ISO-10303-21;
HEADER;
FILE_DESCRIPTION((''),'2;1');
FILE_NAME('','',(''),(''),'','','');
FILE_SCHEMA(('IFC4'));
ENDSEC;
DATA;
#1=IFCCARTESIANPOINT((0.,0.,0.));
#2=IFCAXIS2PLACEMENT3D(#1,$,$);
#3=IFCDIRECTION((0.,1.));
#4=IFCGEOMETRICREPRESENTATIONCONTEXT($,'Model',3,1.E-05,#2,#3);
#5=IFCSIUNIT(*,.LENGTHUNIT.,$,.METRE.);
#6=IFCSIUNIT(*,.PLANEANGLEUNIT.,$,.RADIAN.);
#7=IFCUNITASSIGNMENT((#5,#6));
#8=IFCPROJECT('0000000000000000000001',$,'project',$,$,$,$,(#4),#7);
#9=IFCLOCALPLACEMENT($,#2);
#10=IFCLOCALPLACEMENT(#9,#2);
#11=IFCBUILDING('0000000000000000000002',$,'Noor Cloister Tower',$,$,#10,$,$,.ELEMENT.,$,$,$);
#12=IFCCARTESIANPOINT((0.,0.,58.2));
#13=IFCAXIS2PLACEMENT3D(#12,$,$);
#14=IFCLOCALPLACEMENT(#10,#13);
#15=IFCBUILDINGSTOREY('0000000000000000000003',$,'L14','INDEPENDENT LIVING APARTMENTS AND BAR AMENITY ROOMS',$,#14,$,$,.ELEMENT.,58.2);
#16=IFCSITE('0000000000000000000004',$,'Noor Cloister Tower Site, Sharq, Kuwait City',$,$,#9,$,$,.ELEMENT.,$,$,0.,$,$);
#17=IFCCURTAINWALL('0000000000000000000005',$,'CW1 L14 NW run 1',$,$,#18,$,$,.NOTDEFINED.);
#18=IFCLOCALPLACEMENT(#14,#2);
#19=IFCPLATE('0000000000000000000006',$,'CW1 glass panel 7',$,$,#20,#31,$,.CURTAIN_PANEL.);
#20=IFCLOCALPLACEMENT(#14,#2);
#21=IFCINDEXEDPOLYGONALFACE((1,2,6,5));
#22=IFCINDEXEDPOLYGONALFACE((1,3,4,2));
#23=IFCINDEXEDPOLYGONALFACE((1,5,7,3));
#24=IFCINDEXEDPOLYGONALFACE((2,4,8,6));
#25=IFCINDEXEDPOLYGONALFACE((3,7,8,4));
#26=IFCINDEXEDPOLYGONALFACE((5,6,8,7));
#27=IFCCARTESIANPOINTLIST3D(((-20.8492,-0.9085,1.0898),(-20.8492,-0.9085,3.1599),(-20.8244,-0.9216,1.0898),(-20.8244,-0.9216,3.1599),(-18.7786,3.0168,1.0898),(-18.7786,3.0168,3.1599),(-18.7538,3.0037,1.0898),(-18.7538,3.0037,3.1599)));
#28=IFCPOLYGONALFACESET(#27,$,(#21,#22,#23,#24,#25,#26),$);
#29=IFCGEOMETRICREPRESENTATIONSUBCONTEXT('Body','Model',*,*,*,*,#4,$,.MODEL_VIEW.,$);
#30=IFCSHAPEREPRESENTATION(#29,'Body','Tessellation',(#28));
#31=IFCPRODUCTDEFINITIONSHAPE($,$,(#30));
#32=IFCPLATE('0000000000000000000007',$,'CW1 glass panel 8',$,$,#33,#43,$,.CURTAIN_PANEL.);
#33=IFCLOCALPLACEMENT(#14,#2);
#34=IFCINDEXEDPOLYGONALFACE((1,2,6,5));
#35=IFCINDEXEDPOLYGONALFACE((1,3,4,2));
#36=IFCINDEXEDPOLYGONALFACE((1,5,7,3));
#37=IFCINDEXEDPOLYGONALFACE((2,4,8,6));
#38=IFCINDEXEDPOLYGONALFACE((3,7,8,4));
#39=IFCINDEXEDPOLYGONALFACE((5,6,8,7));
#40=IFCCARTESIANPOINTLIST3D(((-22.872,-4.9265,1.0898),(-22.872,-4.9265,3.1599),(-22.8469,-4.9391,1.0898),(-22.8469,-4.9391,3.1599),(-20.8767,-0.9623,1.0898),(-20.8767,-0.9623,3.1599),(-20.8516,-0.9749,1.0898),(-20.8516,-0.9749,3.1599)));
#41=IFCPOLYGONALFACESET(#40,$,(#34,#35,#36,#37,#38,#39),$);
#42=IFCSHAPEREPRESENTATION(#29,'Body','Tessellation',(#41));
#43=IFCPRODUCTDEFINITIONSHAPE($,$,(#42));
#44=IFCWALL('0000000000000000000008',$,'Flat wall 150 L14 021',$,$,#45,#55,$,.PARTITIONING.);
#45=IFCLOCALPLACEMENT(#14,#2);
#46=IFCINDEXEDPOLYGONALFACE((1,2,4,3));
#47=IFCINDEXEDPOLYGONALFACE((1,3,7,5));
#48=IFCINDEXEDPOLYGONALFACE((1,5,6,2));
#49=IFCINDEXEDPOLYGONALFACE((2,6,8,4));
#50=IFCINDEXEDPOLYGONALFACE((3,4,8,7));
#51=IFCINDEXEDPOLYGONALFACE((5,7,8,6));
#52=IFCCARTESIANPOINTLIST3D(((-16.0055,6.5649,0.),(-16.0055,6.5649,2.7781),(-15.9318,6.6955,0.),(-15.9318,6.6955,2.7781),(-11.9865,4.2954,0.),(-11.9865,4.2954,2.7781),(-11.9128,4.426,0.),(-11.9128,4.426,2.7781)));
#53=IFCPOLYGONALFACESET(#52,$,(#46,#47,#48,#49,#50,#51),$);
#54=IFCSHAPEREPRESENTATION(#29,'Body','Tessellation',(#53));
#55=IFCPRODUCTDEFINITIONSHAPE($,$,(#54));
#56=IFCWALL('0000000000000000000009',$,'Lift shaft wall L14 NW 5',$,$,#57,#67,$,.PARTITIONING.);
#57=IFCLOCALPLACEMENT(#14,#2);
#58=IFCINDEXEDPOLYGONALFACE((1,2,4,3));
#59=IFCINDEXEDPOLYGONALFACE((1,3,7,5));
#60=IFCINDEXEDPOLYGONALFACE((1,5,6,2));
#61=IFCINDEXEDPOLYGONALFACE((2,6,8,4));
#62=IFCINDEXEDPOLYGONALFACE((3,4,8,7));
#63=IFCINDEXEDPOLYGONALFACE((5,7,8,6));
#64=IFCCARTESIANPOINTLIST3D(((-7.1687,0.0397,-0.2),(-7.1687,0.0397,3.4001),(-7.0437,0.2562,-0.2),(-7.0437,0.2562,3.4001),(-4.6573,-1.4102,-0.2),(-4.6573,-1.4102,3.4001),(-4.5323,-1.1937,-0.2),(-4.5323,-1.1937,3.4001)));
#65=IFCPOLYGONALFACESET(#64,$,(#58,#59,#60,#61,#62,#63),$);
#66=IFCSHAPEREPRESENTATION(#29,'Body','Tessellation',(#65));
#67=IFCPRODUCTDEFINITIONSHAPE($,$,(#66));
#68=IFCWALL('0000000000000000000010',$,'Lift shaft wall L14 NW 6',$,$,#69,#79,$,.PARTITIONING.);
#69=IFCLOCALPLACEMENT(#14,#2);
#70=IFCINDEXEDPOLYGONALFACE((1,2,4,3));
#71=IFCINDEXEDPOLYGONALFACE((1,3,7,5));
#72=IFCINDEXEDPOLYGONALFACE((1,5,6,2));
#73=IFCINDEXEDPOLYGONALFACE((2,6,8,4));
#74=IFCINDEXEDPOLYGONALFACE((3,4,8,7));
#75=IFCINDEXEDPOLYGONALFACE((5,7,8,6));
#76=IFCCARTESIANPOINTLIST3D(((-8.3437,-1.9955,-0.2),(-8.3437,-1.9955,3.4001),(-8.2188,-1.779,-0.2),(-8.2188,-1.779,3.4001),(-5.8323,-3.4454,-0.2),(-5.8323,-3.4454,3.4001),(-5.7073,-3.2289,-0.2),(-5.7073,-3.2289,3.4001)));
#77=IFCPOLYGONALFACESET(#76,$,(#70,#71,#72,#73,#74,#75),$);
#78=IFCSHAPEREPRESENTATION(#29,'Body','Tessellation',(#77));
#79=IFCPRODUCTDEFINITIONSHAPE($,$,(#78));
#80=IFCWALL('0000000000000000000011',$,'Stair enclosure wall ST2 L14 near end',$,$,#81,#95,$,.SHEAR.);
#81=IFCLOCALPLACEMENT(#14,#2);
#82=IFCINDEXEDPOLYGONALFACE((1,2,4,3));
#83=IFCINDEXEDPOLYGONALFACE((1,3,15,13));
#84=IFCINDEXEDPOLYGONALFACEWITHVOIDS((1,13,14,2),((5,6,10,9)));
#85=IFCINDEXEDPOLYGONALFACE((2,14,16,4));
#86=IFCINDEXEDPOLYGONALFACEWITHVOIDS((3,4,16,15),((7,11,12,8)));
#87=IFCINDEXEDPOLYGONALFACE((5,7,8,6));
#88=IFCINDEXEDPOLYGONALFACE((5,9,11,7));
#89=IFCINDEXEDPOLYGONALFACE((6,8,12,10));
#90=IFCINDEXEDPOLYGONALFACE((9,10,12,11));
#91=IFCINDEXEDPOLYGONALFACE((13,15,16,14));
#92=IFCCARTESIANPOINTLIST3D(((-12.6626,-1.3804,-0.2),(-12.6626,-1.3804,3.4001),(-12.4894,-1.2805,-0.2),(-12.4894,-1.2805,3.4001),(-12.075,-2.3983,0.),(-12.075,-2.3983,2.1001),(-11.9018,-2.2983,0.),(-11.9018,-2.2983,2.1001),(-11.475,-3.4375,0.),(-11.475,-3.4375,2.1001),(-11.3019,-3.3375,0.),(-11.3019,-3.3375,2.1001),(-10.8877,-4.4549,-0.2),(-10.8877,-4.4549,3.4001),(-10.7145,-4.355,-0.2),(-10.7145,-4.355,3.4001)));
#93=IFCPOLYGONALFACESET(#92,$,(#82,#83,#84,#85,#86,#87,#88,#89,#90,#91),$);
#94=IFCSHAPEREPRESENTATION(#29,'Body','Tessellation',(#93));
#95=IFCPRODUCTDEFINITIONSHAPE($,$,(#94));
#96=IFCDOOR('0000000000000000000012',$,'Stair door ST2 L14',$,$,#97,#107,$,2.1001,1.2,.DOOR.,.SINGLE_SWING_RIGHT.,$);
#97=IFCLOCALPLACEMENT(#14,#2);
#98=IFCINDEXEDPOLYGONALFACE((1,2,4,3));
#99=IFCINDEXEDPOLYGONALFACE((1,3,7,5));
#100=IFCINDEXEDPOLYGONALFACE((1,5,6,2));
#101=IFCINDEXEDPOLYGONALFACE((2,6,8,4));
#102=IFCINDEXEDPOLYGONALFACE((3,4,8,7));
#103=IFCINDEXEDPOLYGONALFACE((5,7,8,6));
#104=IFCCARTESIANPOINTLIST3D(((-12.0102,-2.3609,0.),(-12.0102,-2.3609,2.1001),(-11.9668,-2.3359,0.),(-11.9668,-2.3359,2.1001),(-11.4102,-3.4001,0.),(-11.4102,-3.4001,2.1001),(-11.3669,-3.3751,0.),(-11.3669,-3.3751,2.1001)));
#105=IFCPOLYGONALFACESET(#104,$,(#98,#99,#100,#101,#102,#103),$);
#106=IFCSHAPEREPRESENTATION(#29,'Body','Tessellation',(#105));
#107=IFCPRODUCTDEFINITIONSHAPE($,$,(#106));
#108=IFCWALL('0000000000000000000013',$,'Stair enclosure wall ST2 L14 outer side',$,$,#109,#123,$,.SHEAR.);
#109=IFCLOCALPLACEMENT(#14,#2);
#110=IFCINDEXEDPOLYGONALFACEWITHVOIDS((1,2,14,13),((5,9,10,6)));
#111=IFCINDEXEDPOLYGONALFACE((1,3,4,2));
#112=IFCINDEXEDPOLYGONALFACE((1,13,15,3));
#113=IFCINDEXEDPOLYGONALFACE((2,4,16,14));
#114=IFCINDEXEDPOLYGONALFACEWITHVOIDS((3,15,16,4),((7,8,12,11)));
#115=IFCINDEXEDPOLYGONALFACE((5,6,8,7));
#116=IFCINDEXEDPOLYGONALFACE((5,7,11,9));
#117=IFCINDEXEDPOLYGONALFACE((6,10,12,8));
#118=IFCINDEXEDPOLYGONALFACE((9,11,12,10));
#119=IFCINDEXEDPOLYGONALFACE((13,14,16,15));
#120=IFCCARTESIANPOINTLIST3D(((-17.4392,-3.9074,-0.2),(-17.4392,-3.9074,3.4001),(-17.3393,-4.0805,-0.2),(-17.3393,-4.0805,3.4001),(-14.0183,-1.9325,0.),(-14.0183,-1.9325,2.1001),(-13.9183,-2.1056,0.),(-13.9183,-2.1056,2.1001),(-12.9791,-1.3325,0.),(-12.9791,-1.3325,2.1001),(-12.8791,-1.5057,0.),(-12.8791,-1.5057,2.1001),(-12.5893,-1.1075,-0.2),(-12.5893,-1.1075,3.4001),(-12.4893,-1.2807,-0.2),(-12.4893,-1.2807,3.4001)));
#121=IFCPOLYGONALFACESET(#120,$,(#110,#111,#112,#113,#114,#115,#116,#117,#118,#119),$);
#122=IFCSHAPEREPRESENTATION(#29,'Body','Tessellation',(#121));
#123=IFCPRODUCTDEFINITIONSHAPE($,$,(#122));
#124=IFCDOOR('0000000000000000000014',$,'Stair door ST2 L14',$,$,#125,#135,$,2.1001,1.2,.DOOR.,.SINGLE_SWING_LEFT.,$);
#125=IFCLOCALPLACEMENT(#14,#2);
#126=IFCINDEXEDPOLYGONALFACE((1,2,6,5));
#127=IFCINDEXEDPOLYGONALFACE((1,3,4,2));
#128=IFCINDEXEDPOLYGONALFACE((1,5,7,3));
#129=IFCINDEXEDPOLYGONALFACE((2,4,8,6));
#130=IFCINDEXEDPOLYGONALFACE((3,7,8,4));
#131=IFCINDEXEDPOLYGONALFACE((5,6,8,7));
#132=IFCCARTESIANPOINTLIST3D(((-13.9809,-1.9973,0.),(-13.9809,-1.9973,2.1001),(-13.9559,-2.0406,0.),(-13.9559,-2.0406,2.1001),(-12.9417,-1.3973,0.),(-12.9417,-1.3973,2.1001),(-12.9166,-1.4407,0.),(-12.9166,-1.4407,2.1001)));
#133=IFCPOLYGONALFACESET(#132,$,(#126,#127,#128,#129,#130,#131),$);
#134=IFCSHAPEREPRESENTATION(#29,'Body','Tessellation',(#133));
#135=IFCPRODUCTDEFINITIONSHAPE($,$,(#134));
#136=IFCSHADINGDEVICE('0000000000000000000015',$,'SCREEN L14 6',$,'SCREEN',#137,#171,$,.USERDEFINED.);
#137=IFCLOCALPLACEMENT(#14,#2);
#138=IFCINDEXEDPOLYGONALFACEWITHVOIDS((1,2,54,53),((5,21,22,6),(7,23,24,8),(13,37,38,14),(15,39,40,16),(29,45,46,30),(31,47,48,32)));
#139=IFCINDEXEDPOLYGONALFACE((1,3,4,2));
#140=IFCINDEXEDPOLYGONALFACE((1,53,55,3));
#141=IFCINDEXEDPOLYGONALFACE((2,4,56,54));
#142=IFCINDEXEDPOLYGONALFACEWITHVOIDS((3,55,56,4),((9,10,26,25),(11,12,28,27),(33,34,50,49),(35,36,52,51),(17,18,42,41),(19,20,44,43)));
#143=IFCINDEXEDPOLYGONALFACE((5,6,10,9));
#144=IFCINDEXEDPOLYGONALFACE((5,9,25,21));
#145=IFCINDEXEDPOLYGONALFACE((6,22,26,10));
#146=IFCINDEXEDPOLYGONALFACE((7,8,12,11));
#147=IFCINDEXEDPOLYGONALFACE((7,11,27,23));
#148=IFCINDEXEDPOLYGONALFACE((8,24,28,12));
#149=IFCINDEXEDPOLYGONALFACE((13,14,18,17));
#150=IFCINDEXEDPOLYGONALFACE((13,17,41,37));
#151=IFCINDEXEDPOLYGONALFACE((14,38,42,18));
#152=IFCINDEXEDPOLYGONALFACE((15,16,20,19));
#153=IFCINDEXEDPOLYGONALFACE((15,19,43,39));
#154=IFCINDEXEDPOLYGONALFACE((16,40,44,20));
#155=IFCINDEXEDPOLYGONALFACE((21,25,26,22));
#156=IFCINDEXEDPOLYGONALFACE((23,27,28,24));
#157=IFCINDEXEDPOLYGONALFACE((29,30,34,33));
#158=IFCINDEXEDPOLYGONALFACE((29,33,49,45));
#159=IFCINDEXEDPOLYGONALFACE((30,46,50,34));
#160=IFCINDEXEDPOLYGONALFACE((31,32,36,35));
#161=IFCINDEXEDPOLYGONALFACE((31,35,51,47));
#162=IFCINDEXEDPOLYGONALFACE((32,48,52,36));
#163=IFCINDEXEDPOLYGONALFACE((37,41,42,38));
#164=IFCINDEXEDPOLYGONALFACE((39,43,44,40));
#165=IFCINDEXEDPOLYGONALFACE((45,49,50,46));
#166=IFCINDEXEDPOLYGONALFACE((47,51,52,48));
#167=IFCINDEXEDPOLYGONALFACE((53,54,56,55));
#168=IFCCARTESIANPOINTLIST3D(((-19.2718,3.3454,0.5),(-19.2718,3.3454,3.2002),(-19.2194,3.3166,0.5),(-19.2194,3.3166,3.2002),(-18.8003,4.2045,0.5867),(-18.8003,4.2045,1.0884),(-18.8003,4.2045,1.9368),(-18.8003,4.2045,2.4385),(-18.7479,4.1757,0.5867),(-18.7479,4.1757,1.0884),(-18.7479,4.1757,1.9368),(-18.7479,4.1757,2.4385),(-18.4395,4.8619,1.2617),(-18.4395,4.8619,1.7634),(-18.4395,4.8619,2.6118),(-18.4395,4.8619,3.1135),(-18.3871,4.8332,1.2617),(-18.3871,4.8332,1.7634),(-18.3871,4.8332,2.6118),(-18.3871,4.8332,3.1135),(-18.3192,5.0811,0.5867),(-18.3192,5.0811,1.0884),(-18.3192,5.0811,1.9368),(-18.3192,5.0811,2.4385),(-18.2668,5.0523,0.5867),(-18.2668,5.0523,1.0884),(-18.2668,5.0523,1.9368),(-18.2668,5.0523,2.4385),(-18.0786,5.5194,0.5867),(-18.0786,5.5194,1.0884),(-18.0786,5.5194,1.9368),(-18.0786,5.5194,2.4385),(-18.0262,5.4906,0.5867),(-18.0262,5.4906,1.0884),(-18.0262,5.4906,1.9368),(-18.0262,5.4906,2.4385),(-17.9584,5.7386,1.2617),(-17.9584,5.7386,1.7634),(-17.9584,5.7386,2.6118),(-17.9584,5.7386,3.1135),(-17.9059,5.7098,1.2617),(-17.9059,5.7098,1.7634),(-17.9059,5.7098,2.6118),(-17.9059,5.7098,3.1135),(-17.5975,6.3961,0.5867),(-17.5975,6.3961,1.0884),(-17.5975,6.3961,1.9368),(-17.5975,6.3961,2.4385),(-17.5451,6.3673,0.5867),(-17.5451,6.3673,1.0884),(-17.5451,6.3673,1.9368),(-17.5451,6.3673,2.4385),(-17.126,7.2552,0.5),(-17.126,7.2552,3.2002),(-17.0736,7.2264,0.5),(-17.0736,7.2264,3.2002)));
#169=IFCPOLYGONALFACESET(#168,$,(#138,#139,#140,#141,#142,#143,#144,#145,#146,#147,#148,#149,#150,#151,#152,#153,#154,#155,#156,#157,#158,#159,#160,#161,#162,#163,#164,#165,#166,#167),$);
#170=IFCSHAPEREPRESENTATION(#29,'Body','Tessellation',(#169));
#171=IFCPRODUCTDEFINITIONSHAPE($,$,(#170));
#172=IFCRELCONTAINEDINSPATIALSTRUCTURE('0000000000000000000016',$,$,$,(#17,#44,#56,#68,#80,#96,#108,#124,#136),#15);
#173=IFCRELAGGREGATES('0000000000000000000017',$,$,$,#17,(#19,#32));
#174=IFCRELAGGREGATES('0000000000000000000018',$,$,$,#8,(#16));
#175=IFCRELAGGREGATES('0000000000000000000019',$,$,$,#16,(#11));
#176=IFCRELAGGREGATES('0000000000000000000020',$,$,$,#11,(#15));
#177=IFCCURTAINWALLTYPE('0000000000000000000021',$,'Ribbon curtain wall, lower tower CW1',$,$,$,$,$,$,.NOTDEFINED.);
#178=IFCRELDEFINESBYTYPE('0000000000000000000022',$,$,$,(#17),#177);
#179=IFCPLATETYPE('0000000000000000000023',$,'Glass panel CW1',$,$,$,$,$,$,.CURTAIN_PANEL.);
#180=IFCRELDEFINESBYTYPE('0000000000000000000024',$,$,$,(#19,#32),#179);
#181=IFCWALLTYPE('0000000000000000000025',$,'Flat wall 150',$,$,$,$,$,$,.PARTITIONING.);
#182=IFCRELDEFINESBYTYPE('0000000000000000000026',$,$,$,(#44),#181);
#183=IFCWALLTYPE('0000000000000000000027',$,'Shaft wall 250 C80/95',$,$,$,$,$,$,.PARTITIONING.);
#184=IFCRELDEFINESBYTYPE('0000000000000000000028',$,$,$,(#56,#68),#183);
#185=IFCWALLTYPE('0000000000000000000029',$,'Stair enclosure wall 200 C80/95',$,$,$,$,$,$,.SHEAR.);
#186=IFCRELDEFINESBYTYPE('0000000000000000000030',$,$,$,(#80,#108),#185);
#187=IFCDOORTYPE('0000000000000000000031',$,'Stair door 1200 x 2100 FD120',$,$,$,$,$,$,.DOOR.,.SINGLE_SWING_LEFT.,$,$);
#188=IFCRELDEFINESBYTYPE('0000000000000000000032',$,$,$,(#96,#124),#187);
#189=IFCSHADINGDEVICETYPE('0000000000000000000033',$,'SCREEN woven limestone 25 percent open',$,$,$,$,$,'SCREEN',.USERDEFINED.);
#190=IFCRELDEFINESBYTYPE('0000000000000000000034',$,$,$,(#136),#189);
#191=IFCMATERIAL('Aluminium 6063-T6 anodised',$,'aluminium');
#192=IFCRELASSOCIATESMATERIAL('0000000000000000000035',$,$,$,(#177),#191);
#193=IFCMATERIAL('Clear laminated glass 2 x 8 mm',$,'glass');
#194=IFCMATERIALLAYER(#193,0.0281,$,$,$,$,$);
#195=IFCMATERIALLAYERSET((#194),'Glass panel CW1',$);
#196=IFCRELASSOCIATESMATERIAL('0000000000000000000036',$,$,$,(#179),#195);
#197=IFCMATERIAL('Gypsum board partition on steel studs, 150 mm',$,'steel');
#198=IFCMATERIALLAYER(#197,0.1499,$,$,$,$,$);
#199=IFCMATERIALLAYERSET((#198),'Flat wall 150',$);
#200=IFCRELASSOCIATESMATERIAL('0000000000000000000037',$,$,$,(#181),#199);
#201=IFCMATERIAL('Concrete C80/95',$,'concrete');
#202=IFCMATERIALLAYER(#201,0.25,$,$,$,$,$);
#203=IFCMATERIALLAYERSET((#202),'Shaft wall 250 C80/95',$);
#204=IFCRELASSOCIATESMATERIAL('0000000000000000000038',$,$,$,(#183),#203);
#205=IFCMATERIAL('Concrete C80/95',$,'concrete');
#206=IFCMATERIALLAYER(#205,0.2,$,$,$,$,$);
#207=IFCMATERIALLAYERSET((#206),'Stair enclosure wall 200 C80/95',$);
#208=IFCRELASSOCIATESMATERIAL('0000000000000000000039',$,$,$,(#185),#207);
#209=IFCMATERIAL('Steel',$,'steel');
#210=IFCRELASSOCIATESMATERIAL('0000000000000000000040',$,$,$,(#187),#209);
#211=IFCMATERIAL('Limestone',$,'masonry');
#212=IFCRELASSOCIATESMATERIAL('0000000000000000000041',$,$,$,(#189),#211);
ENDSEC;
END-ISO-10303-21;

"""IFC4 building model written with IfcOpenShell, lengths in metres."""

from ifc_helpers import new_model, si_unit, direction, frame, frame_2d, origin, origin_2d, place, context, subcontext, project, spatial, polyline, rectangle, outline, extrude, material, layer, layer_set, material_profile, profile_set, type_object, element, fill, aggregate, save


model = new_model("IFC4")

# Units and contexts
model_context = context("Model", 3, precision=1e-05, world=origin(), true_north=direction((0.0, 1.0)))
body_context = subcontext(model_context, "Body", "Model", "MODEL_VIEW")
ifc_project = project(units=[si_unit("LENGTHUNIT", "METRE"), si_unit("PLANEANGLEUNIT", "RADIAN")], contexts=[model_context])

# Site, building, storey
site_placement = place(None, origin())
site = spatial("IfcSite", under=ifc_project, at=site_placement, Name="Noor Cloister Tower Site, Sharq, Kuwait City", CompositionType="ELEMENT", RefElevation=0.0)
building_placement = place(site_placement, origin())
building = spatial("IfcBuilding", under=site, at=building_placement, Name="Noor Cloister Tower", CompositionType="ELEMENT")
storey_placement = place(building_placement, frame((0.0, 0.0, 58.2)))
storey = spatial("IfcBuildingStorey", under=building, at=storey_placement, Name="L14", Description="INDEPENDENT LIVING APARTMENTS AND BAR AMENITY ROOMS", CompositionType="ELEMENT", Elevation=58.2)

# Curtain wall
ifc_material_1 = material(Name="Aluminium 6063-T6 anodised", Category="aluminium")
curtain_wall_type = type_object("IfcCurtainWallType", Name="Ribbon curtain wall, lower tower CW1", PredefinedType="NOTDEFINED", material=ifc_material_1)
curtain_wall_placement = place(storey_placement, origin())
curtain_wall = element("IfcCurtainWall", 1, at=curtain_wall_placement, inside=storey, type_object=curtain_wall_type, Name="CW1 L14 NW run 1", PredefinedType="NOTDEFINED")

# Plates
ifc_material_2 = material(Name="Clear laminated glass 2 x 8 mm", Category="glass")
ifc_layer_1 = layer(ifc_material_2, 0.0281)
ifc_layer_set_1 = layer_set([ifc_layer_1], Name="Glass panel CW1")
plate_type = type_object("IfcPlateType", Name="Glass panel CW1", PredefinedType="CURTAIN_PANEL", material=ifc_layer_set_1)
plate_1_placement = place(storey_placement, frame((-19.8015, 1.0476, 1.0898), z_axis=(0.0, 0.0, 1.0), x_axis=(-0.466568, -0.884486, 0.0)))
plate_1 = element("IfcPlate", 2, at=plate_1_placement, type_object=plate_type, Name="CW1 glass panel 7", PredefinedType="CURTAIN_PANEL", context=body_context, shape_type="SweptSolid", body=[
    extrude(rectangle(XDim=4.438, YDim=0.0281, at=origin_2d()), origin(), (0.0, 0.0, 1.0), 2.0701),
])
plate_2_placement = place(storey_placement, frame((-21.8618, -2.9507, 1.0898), z_axis=(0.0, 0.0, 1.0), x_axis=(-0.449593, -0.893233, 0.0)))
plate_2 = element("IfcPlate", 3, at=plate_2_placement, type_object=plate_type, Name="CW1 glass panel 8", PredefinedType="CURTAIN_PANEL", context=body_context, shape_type="SweptSolid", body=[
    extrude(rectangle(XDim=4.438, YDim=0.0281, at=origin_2d()), origin(), (0.0, 0.0, 1.0), 2.0701),
])
aggregate(curtain_wall, [plate_1, plate_2])

# Walls
ifc_material_3 = material(Name="Gypsum board partition on steel studs, 150 mm", Category="steel")
ifc_layer_2 = layer(ifc_material_3, 0.1499)
ifc_layer_set_2 = layer_set([ifc_layer_2], Name="Flat wall 150")
wall_type_1 = type_object("IfcWallType", Name="Flat wall 150", PredefinedType="PARTITIONING", material=ifc_layer_set_2)
wall_1_placement = place(storey_placement, frame((-15.9685, 6.6301, 0.0), z_axis=(0.0, 0.0, 1.0), x_axis=(0.870758, -0.491712, 0.0)))
element("IfcWall", 4, at=wall_1_placement, inside=storey, type_object=wall_type_1, Name="Flat wall 150 L14 021", PredefinedType="PARTITIONING", context=body_context, shape_type="SweptSolid", body=[
    extrude(rectangle(XDim=4.6155, YDim=0.1499, at=frame_2d((2.3076, 0.0))), origin(), (0.0, 0.0, 1.0), 2.7781),
])
ifc_material_4 = material(Name="Concrete C80/95", Category="concrete")
ifc_layer_3 = layer(ifc_material_4, 0.25)
ifc_layer_set_3 = layer_set([ifc_layer_3], Name="Shaft wall 250 C80/95")
wall_type_2 = type_object("IfcWallType", Name="Shaft wall 250 C80/95", PredefinedType="PARTITIONING", material=ifc_layer_set_3)
for number, where, z_axis, x_axis, name in (
    (5, (-7.1062, 0.1479, -0.2), (0.0, 0.0, 1.0), (0.866033, -0.499987, 0.0), "Lift shaft wall L14 NW 5"),
    (6, (-8.2812, -1.8872, -0.2), (0.0, 0.0, 1.0), (0.866033, -0.499987, 0.0), "Lift shaft wall L14 NW 6"),
):
    element("IfcWall", number, at=place(storey_placement, frame(where, z_axis=z_axis, x_axis=x_axis)), inside=storey, type_object=wall_type_2, Name=name, PredefinedType="PARTITIONING", context=body_context, shape_type="SweptSolid", body=[
        extrude(rectangle(XDim=2.8999, YDim=0.25, at=frame_2d((1.45, 0.0))), origin(), (0.0, 0.0, 1.0), 3.6001),
    ])

# Walls, openings, doors
ifc_material_5 = material(Name="Concrete C80/95", Category="concrete")
ifc_layer_4 = layer(ifc_material_5, 0.2)
ifc_layer_set_4 = layer_set([ifc_layer_4], Name="Stair enclosure wall 200 C80/95")
wall_type_3 = type_object("IfcWallType", Name="Stair enclosure wall 200 C80/95", PredefinedType="SHEAR", material=ifc_layer_set_4)
wall_2_placement = place(storey_placement, frame((-12.5759, -1.3306, -0.2), z_axis=(0.0, 0.0, 1.0), x_axis=(0.49997, -0.866042, 0.0)))
wall_2 = element("IfcWall", 7, at=wall_2_placement, inside=storey, type_object=wall_type_3, Name="Stair enclosure wall ST2 L14 near end", PredefinedType="SHEAR", context=body_context, shape_type="SweptSolid", body=[
    extrude(rectangle(XDim=3.55, YDim=0.2, at=frame_2d((1.7749, 0.0))), origin(), (0.0, 0.0, 1.0), 3.6001),
])
opening_1_placement = place(wall_2_placement, frame((1.175, 0.0, 0.2)))
opening_1 = element("IfcOpeningElement", 8, at=opening_1_placement, cuts=wall_2, PredefinedType="OPENING", context=body_context, shape_type="SweptSolid", body=[
    extrude(rectangle(XDim=1.2, YDim=2.1001, at=frame_2d((0.6001, 1.05))), frame((0.0, 0.1099, 0.0), z_axis=(0.0, -1.0, 0.0), x_axis=(1.0, 0.0, 0.0)), (0.0, 0.0, 1.0), 0.22),
])
ifc_material_6 = material(Name="Steel", Category="steel")
door_type = type_object("IfcDoorType", Name="Stair door 1200 x 2100 FD120", OperationType="SINGLE_SWING_LEFT", PredefinedType="DOOR", material=ifc_material_6)
door_1_placement = place(opening_1_placement, origin())
door_1 = element("IfcDoor", 9, at=door_1_placement, inside=storey, type_object=door_type, Name="Stair door ST2 L14", OperationType="SINGLE_SWING_RIGHT", OverallHeight=2.1001, OverallWidth=1.2, PredefinedType="DOOR", context=body_context, shape_type="SweptSolid", body=[
    extrude(rectangle(XDim=1.2, YDim=2.1001, at=frame_2d((0.6001, 1.05))), frame((0.0, 0.0249, 0.0), z_axis=(0.0, -1.0, 0.0), x_axis=(1.0, 0.0, 0.0)), (0.0, 0.0, 1.0), 0.05),
])
fill(opening_1, door_1)
wall_3_placement = place(storey_placement, frame((-12.5393, -1.1941, -0.2), z_axis=(0.0, 0.0, 1.0), x_axis=(-0.866045, -0.499965, 0.0)))
wall_3 = element("IfcWall", 10, at=wall_3_placement, inside=storey, type_object=wall_type_3, Name="Stair enclosure wall ST2 L14 outer side", PredefinedType="SHEAR", context=body_context, shape_type="SweptSolid", body=[
    extrude(rectangle(XDim=5.6001, YDim=0.2, at=frame_2d((2.8, 0.0))), origin(), (0.0, 0.0, 1.0), 3.6001),
])
opening_2_placement = place(wall_3_placement, frame((0.45, 0.0, 0.2)))
opening_2 = element("IfcOpeningElement", 11, at=opening_2_placement, cuts=wall_3, PredefinedType="OPENING", context=body_context, shape_type="SweptSolid", body=[
    extrude(rectangle(XDim=1.2, YDim=2.1001, at=frame_2d((0.6001, 1.05))), frame((0.0, 0.1099, 0.0), z_axis=(0.0, -1.0, 0.0), x_axis=(1.0, 0.0, 0.0)), (0.0, 0.0, 1.0), 0.22),
])
door_2_placement = place(opening_2_placement, origin())
door_2 = element("IfcDoor", 12, at=door_2_placement, inside=storey, type_object=door_type, Name="Stair door ST2 L14", OperationType="SINGLE_SWING_LEFT", OverallHeight=2.1001, OverallWidth=1.2, PredefinedType="DOOR", context=body_context, shape_type="SweptSolid", body=[
    extrude(rectangle(XDim=1.2, YDim=2.1001, at=frame_2d((0.6001, 1.05))), frame((0.0, 0.0249, 0.0), z_axis=(0.0, -1.0, 0.0), x_axis=(1.0, 0.0, 0.0)), (0.0, 0.0, 1.0), 0.05),
])
fill(opening_2, door_2)

# Shading device
ifc_material_7 = material(Name="Limestone", Category="masonry")
ifc_material_profile_1 = material_profile(ifc_material_7, outline(polyline([(-2.23, -1.3501), (2.23, -1.3501), (2.23, 1.3501), (-2.23, 1.3501), (-2.23, -1.3501)]), holes=[polyline([(-1.25, -1.2634), (-0.25, -1.2634), (-0.25, -0.7617), (-1.25, -0.7617), (-1.25, -1.2634)]), polyline([(0.25, -1.2634), (1.25, -1.2634), (1.25, -0.7617), (0.25, -0.7617), (0.25, -1.2634)]), polyline([(-0.5, -0.5884), (0.5, -0.5884), (0.5, -0.0867), (-0.5, -0.0867), (-0.5, -0.5884)]), polyline([(-1.25, 0.0867), (-0.25, 0.0867), (-0.25, 0.5884), (-1.25, 0.5884), (-1.25, 0.0867)]), polyline([(0.25, 0.0867), (1.25, 0.0867), (1.25, 0.5884), (0.25, 0.5884), (0.25, 0.0867)]), polyline([(-0.5, 0.7617), (0.5, 0.7617), (0.5, 1.2634), (-0.5, 1.2634), (-0.5, 0.7617)])]), Name="Woven screen 25 percent open")
ifc_profile_set_1 = profile_set([ifc_material_profile_1], Name="Limestone")
shading_device_type = type_object("IfcShadingDeviceType", Name="SCREEN woven limestone 25 percent open", ElementType="SCREEN", PredefinedType="USERDEFINED", material=ifc_profile_set_1)
shading_device_placement = place(storey_placement, frame((-18.1465, 5.2715, 1.8501), z_axis=(-0.876646, 0.481136, 0.0), x_axis=(-0.481136, -0.876646, 0.0)))
element("IfcShadingDevice", 13, at=shading_device_placement, inside=storey, type_object=shading_device_type, Name="SCREEN L14 6", ObjectType="SCREEN", PredefinedType="USERDEFINED", context=body_context, shape_type="SweptSolid", body=[
    extrude(outline(polyline([(-2.23, -1.3501), (2.23, -1.3501), (2.23, 1.3501), (-2.23, 1.3501), (-2.23, -1.3501)]), holes=[polyline([(-1.25, -1.2634), (-0.25, -1.2634), (-0.25, -0.7617), (-1.25, -0.7617), (-1.25, -1.2634)]), polyline([(0.25, -1.2634), (1.25, -1.2634), (1.25, -0.7617), (0.25, -0.7617), (0.25, -1.2634)]), polyline([(-0.5, -0.5884), (0.5, -0.5884), (0.5, -0.0867), (-0.5, -0.0867), (-0.5, -0.5884)]), polyline([(-1.25, 0.0867), (-0.25, 0.0867), (-0.25, 0.5884), (-1.25, 0.5884), (-1.25, 0.0867)]), polyline([(0.25, 0.0867), (1.25, 0.0867), (1.25, 0.5884), (0.25, 0.5884), (0.25, 0.0867)]), polyline([(-0.5, 0.7617), (0.5, 0.7617), (0.5, 1.2634), (-0.5, 1.2634), (-0.5, 0.7617)])]), origin(), (0.0, 0.0, 1.0), 0.0598),
])

save(model, "model.ifc")
